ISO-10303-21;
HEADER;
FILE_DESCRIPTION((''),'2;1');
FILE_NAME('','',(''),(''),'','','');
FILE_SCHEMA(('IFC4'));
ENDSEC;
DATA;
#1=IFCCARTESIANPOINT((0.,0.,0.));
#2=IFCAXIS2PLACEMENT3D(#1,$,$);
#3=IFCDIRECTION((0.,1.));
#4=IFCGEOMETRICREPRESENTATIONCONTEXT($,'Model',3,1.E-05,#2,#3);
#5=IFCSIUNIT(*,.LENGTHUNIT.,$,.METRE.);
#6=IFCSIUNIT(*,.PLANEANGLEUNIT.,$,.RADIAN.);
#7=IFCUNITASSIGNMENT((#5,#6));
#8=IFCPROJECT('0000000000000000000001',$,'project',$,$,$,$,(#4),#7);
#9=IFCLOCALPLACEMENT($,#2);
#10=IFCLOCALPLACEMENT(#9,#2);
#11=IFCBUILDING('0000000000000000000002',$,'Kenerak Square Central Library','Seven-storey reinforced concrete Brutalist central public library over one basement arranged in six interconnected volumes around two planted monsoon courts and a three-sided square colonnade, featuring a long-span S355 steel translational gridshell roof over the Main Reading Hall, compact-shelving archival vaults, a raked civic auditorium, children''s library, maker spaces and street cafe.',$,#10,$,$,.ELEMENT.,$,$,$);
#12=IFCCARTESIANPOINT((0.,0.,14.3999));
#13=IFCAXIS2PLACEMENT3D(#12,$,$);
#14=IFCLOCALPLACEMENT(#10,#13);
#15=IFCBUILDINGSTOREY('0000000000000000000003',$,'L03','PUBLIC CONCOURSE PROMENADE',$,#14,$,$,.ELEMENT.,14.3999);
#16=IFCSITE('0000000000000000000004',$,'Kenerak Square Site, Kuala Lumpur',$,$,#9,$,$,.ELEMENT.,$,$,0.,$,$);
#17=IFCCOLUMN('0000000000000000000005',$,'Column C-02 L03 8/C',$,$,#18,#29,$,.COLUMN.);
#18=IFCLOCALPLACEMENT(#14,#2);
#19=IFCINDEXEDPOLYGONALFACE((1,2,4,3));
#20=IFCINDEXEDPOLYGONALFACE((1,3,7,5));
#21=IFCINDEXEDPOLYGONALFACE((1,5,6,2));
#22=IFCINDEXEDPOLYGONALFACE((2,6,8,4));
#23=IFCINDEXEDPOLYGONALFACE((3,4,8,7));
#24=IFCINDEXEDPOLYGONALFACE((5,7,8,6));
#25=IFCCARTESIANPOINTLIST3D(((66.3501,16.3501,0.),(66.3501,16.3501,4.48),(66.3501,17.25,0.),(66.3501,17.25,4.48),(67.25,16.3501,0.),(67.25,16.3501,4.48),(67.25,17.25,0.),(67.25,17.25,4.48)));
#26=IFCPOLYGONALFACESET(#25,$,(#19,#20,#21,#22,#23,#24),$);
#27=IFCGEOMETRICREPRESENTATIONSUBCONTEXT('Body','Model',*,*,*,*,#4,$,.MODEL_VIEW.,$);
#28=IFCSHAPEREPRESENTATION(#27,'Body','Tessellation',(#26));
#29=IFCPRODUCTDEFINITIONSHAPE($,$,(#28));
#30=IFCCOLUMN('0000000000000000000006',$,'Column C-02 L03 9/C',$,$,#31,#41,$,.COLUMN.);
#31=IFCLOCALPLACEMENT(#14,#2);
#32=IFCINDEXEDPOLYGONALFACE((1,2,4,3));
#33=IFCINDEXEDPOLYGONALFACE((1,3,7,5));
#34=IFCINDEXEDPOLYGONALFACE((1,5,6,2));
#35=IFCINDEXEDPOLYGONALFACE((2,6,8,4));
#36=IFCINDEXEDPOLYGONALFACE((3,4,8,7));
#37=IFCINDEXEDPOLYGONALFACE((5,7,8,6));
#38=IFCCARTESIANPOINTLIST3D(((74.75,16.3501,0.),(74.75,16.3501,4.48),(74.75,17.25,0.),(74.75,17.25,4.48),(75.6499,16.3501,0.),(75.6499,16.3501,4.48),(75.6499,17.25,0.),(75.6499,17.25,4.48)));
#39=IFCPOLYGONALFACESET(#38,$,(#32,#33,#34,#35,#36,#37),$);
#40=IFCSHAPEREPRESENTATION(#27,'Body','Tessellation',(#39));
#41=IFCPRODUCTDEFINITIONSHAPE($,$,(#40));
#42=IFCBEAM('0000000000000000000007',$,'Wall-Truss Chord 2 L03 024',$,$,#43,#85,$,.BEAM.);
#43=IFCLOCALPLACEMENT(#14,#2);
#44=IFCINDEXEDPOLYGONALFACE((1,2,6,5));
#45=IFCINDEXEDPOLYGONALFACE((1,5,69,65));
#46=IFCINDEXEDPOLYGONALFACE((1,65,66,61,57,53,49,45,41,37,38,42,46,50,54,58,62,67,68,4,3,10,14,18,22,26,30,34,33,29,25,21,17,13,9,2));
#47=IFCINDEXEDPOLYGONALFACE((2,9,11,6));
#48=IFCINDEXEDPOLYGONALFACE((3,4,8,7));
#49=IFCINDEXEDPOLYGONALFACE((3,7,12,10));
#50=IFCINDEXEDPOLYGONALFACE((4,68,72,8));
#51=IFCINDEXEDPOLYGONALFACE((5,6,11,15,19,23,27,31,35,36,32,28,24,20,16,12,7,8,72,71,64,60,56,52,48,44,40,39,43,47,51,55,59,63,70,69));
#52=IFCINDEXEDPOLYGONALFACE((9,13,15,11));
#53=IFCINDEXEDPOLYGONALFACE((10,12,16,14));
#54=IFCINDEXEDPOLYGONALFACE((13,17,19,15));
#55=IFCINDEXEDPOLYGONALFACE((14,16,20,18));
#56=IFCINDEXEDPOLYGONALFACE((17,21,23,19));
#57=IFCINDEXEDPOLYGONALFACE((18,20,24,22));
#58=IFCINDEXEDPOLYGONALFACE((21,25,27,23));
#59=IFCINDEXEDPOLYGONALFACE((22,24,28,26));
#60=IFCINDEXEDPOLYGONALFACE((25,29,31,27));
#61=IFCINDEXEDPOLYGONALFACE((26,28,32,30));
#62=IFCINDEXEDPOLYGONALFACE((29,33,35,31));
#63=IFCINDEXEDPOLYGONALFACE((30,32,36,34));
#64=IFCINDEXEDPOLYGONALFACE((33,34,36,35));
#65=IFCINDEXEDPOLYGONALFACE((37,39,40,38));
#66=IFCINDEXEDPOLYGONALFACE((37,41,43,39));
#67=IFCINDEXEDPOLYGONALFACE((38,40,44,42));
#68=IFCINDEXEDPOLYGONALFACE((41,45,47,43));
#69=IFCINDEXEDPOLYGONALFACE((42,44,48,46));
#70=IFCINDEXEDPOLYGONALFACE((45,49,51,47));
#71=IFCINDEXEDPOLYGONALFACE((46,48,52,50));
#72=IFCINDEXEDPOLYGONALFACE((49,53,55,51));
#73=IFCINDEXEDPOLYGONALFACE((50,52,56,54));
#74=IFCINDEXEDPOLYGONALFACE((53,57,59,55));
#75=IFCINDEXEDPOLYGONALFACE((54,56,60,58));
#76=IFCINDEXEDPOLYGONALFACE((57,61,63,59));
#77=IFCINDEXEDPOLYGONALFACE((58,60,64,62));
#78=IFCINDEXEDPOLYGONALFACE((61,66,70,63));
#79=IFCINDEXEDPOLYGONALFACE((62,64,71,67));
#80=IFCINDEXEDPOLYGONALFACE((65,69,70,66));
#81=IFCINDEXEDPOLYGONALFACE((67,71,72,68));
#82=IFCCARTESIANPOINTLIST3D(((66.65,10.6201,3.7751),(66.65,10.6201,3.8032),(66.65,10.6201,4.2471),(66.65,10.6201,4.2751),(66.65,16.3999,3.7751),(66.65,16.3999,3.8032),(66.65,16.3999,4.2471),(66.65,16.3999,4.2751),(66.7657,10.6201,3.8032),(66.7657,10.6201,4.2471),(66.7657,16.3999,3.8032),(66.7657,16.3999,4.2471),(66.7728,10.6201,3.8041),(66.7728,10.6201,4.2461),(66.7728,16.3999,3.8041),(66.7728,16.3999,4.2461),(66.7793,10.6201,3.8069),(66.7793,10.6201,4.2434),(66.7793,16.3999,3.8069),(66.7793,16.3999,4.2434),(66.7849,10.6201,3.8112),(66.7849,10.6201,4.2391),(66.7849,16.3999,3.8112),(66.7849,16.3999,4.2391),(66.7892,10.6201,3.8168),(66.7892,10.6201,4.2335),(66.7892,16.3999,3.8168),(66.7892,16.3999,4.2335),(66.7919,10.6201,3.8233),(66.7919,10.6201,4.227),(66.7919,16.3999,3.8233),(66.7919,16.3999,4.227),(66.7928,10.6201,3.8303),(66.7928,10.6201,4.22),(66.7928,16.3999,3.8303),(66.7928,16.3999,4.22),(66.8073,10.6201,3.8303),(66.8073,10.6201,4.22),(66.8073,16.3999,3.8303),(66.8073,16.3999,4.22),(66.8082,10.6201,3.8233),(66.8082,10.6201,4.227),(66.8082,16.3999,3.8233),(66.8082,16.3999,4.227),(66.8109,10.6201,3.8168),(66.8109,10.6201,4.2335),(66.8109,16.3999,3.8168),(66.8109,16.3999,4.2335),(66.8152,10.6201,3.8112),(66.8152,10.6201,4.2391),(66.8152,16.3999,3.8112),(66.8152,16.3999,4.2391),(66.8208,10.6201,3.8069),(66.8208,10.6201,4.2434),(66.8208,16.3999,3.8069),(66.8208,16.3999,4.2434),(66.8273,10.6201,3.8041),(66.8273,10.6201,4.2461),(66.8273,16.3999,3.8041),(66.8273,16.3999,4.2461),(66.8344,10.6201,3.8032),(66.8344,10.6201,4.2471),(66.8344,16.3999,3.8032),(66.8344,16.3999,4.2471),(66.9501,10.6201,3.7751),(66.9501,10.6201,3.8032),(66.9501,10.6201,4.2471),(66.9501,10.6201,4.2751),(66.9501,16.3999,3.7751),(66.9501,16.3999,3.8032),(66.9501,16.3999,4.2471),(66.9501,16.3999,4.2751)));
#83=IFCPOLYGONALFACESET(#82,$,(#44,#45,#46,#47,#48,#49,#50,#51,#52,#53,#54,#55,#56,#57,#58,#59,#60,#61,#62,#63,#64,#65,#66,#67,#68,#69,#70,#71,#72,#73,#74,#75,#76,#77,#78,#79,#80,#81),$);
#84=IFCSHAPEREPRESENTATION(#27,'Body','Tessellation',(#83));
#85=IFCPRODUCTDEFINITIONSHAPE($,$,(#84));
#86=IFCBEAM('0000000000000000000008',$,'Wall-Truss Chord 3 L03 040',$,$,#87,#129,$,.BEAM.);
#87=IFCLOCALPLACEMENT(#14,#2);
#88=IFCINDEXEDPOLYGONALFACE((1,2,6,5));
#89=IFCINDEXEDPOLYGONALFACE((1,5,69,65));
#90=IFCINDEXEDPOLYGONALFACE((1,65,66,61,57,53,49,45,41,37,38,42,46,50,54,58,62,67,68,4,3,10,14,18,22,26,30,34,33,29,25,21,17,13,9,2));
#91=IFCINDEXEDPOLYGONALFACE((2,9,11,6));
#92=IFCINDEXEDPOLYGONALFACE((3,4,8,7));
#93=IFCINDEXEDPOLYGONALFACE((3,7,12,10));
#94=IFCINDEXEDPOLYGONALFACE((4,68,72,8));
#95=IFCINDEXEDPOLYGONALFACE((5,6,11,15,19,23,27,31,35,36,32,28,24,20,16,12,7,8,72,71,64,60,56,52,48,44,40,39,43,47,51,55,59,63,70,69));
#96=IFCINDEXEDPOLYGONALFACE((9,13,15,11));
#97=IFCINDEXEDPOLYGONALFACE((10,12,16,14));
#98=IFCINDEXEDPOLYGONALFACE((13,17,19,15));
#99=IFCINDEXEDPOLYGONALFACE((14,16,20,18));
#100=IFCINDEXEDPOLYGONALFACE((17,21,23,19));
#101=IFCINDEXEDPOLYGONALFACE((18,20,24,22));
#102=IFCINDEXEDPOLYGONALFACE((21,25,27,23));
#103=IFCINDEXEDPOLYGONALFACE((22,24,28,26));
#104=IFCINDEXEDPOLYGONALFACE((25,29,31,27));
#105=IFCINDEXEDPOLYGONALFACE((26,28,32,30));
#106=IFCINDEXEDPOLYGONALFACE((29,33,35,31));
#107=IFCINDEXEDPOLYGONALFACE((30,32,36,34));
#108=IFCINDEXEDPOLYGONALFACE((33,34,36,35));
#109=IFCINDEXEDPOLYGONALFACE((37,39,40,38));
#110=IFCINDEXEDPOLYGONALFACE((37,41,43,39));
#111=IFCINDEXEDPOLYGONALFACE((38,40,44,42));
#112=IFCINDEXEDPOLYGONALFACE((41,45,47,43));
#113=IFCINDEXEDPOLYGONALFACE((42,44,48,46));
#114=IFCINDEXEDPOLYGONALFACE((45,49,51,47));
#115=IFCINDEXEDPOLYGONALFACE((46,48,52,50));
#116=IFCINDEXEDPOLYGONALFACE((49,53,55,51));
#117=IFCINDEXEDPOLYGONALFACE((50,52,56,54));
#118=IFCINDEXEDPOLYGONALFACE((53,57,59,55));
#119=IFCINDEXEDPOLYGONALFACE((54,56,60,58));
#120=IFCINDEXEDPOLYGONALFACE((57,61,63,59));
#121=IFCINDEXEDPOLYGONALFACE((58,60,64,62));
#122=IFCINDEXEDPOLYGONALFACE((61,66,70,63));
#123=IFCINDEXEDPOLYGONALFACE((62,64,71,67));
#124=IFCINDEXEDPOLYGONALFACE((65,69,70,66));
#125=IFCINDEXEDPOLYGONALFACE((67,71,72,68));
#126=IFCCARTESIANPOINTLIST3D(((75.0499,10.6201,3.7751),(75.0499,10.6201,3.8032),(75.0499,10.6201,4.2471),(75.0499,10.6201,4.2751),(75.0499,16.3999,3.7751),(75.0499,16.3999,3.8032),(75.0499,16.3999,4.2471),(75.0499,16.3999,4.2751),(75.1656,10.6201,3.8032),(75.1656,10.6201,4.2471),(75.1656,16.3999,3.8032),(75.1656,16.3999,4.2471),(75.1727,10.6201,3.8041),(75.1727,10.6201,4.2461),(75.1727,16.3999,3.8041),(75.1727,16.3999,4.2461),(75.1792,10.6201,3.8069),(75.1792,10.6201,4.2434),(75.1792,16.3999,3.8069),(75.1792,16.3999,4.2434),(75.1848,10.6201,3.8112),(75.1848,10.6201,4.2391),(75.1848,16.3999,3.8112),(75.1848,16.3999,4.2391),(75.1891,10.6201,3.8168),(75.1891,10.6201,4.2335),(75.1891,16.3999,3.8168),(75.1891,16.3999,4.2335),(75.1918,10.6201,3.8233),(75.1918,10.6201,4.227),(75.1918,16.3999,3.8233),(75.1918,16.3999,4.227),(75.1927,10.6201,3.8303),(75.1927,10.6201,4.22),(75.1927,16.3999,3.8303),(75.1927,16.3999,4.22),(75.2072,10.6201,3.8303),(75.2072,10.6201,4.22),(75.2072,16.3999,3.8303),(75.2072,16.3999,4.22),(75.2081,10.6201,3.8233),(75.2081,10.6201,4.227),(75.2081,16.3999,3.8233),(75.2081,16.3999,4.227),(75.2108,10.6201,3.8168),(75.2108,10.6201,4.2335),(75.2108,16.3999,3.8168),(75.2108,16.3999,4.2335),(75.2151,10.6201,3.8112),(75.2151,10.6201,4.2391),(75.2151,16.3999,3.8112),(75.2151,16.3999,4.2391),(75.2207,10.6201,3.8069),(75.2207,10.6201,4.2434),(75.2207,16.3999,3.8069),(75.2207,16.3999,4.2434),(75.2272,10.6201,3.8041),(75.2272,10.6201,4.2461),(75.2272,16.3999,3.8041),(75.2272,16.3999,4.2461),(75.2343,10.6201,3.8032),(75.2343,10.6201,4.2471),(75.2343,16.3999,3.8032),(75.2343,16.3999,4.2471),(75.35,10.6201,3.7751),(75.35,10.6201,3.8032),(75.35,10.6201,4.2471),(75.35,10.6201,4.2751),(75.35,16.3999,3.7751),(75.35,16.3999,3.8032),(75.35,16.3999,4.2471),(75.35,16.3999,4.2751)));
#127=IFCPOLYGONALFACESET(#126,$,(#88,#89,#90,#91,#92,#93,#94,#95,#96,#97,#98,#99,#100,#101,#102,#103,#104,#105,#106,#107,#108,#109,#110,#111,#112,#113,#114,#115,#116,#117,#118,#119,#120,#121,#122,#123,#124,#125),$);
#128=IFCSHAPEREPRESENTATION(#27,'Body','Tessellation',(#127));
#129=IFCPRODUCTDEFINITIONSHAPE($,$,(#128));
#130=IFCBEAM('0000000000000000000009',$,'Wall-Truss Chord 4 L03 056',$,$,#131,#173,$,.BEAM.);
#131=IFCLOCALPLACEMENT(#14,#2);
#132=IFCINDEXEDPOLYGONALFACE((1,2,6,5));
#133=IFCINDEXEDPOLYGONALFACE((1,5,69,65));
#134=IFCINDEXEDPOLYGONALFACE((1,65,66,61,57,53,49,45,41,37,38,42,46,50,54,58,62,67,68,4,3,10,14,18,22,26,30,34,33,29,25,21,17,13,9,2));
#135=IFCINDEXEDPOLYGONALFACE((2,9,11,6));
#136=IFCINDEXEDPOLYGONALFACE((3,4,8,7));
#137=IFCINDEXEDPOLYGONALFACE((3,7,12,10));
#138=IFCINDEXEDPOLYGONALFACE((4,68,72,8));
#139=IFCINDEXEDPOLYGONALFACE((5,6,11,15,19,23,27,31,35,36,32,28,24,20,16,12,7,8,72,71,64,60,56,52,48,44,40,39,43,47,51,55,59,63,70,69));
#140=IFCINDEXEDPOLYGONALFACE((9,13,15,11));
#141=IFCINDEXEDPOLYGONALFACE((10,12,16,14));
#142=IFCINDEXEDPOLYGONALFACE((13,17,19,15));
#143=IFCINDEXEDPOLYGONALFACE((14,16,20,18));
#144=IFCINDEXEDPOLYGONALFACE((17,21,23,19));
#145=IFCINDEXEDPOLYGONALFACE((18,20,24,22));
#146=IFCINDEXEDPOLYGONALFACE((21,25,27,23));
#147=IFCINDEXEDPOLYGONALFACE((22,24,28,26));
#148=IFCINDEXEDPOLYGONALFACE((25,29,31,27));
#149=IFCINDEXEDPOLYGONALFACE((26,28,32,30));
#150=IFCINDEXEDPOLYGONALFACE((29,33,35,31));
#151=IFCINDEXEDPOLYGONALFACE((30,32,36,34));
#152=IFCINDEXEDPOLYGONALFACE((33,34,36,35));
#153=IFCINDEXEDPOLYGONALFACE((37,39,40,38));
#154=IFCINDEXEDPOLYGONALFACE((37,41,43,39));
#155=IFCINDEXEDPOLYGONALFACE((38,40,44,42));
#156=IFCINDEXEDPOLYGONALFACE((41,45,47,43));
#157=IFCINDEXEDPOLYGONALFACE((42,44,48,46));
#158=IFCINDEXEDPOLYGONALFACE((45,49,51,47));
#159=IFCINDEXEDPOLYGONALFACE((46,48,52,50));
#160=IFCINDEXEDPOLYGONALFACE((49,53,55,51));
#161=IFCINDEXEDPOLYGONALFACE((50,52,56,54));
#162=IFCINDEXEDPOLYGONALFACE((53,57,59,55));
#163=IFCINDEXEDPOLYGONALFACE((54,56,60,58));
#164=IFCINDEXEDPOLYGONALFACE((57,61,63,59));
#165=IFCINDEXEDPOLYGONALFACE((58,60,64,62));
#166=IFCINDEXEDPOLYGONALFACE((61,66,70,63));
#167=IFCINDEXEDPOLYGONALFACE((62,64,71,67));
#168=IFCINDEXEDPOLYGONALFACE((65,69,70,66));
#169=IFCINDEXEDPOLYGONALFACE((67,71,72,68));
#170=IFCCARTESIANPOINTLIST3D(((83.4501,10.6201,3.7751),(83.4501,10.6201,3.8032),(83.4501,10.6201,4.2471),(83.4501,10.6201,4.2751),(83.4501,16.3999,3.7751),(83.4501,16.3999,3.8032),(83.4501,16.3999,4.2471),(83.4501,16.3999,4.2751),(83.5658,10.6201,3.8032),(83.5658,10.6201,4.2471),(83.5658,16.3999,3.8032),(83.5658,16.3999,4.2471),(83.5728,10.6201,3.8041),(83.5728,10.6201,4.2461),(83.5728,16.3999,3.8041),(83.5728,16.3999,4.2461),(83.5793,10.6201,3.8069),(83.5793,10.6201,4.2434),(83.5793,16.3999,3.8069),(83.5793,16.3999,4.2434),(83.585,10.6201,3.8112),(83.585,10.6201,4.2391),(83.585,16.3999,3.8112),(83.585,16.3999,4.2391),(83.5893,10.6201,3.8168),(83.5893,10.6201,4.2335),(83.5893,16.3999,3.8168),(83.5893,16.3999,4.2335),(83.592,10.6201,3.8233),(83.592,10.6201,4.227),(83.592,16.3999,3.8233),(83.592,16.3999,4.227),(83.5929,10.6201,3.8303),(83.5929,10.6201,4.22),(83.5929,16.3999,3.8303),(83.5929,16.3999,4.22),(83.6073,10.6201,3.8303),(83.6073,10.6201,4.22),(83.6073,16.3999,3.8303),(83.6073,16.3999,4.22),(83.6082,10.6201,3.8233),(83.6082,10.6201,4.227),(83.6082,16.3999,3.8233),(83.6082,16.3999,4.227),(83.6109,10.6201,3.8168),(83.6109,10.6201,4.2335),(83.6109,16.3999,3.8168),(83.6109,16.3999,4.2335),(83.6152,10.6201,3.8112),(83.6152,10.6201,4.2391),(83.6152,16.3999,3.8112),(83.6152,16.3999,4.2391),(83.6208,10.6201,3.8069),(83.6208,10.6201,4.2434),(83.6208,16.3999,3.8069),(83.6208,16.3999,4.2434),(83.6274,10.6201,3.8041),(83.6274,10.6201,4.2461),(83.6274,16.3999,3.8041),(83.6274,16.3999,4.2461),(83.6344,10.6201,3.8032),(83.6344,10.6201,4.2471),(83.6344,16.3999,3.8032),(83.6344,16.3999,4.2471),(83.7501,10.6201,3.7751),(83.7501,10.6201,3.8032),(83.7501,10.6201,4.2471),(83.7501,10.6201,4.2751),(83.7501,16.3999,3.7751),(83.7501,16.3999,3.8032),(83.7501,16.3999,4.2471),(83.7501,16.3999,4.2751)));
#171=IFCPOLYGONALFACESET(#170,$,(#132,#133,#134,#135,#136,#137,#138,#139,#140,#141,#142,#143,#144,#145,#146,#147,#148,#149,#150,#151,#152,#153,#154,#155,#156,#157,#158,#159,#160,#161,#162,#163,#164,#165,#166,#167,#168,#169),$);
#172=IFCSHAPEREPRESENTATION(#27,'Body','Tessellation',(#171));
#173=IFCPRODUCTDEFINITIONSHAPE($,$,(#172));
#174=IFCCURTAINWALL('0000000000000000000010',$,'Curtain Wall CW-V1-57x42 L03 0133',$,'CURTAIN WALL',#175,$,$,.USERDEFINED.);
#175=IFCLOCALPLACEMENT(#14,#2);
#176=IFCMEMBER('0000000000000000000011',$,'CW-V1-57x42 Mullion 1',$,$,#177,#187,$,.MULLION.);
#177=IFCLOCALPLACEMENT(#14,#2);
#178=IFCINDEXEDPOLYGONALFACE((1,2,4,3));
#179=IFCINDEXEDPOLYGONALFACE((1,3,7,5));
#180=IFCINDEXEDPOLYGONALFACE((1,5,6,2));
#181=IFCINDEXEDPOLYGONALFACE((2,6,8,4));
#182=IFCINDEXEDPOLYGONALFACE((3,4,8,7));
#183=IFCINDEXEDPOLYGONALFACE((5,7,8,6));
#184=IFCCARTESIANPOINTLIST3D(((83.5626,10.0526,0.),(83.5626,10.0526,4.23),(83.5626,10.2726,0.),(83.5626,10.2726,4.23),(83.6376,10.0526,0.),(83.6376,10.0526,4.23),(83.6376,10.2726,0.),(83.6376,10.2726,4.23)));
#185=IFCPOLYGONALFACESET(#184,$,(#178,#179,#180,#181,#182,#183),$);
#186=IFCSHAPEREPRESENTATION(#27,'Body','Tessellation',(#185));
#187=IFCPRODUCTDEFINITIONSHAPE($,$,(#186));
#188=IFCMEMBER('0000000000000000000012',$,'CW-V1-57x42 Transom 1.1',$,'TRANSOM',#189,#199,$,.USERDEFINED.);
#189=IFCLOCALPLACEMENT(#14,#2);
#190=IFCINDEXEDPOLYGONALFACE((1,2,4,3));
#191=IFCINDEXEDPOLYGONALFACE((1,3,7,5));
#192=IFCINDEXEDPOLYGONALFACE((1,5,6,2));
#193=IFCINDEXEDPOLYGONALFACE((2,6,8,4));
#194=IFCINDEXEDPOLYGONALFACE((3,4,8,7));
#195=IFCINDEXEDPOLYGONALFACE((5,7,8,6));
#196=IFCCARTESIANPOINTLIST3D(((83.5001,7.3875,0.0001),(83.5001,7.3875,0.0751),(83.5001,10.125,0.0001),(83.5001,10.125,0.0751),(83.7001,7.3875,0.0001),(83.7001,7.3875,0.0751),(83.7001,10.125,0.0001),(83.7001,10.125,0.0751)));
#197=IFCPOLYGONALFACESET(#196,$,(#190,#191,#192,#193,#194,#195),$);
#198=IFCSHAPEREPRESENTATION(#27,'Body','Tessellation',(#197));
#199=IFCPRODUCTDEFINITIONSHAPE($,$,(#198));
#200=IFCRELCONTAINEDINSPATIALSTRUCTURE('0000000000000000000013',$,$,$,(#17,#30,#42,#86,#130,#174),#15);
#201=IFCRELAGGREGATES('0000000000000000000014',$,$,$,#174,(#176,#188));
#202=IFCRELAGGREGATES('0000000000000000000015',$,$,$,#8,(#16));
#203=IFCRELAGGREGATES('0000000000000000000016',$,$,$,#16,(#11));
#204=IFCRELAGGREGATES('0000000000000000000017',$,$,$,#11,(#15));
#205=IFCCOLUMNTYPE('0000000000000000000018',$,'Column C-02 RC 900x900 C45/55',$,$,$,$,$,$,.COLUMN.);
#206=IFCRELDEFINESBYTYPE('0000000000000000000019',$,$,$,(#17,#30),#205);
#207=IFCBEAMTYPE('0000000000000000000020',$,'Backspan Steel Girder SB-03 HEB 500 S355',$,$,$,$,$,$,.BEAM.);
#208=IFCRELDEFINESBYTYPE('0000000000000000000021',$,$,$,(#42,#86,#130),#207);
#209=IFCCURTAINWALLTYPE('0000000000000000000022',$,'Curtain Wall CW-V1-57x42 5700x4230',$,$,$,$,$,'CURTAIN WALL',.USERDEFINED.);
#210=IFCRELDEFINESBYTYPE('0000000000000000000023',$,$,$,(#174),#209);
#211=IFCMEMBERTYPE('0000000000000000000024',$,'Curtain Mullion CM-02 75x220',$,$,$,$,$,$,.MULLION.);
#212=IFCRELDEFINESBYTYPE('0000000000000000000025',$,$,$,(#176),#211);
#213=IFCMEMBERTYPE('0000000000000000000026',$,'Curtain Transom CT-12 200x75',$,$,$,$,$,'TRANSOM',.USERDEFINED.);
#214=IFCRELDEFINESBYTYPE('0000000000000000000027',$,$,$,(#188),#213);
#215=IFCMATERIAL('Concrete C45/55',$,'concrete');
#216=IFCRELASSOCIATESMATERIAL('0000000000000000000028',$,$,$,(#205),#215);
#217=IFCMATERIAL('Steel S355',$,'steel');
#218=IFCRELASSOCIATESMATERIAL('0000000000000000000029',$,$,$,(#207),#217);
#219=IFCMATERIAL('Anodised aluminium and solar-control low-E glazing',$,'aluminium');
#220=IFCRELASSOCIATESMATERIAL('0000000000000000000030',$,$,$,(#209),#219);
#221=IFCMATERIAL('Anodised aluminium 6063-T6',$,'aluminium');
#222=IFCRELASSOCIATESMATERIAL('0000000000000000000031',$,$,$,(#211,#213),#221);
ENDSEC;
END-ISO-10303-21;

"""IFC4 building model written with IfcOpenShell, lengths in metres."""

from ifc_helpers import new_model, si_unit, direction, frame, origin, origin_2d, place, context, subcontext, project, spatial, rectangle, i_section, extrude, material, material_profile, profile_set, type_object, element, aggregate, save


model = new_model("IFC4")

# Units and contexts
model_context = context("Model", 3, precision=1e-05, world=origin(), true_north=direction((0.0, 1.0)))
body_context = subcontext(model_context, "Body", "Model", "MODEL_VIEW")
ifc_project = project(units=[si_unit("LENGTHUNIT", "METRE"), si_unit("PLANEANGLEUNIT", "RADIAN")], contexts=[model_context])

# Site, building, storey
site_placement = place(None, origin())
site = spatial("IfcSite", under=ifc_project, at=site_placement, Name="Kenerak Square Site, Kuala Lumpur", CompositionType="ELEMENT", RefElevation=0.0)
building_placement = place(site_placement, origin())
building = spatial("IfcBuilding", under=site, at=building_placement, Name="Kenerak Square Central Library", Description="Seven-storey reinforced concrete Brutalist central public library over one basement arranged in six interconnected volumes around two planted monsoon courts and a three-sided square colonnade, featuring a long-span S355 steel translational gridshell roof over the Main Reading Hall, compact-shelving archival vaults, a raked civic auditorium, children's library, maker spaces and street cafe.", CompositionType="ELEMENT")
storey_placement = place(building_placement, frame((0.0, 0.0, 14.3999)))
storey = spatial("IfcBuildingStorey", under=building, at=storey_placement, Name="L03", Description="PUBLIC CONCOURSE PROMENADE", CompositionType="ELEMENT", Elevation=14.3999)

# Columns
ifc_material_1 = material(Name="Concrete C45/55", Category="concrete")
ifc_material_profile_1 = material_profile(ifc_material_1, rectangle(XDim=0.8999, YDim=0.8999, at=origin_2d()), Name="RC 900x900")
ifc_profile_set_1 = profile_set([ifc_material_profile_1], Name="Concrete C45/55")
column_type = type_object("IfcColumnType", Name="Column C-02 RC 900x900 C45/55", PredefinedType="COLUMN", material=ifc_profile_set_1)
for number, where, z_axis, x_axis, name in (
    (1, (66.8, 16.8, 0.0), (0.0, 0.0, 1.0), (1.0, 0.0, 0.0), "Column C-02 L03 8/C"),
    (2, (75.2, 16.8, 0.0), (0.0, 0.0, 1.0), (1.0, 0.0, 0.0), "Column C-02 L03 9/C"),
):
    element("IfcColumn", number, at=place(storey_placement, frame(where, z_axis=z_axis, x_axis=x_axis)), inside=storey, type_object=column_type, Name=name, PredefinedType="COLUMN", context=body_context, shape_type="SweptSolid", body=[
        extrude(rectangle(XDim=0.8999, YDim=0.8999, at=origin_2d()), origin(), (0.0, 0.0, 1.0), 4.48),
    ])

# Beams
ifc_material_2 = material(Name="Steel S355", Category="steel")
ifc_material_profile_2 = material_profile(ifc_material_2, i_section(OverallWidth=0.3, OverallDepth=0.5, WebThickness=0.0144, FlangeThickness=0.0281, FilletRadius=0.0271, at=origin_2d()), Name="HEB 500")
ifc_profile_set_2 = profile_set([ifc_material_profile_2], Name="Steel S355")
beam_type_1 = type_object("IfcBeamType", Name="Backspan Steel Girder SB-03 HEB 500 S355", PredefinedType="BEAM", material=ifc_profile_set_2)
for number, where, z_axis, x_axis, name in (
    (3, (66.8, 10.6201, 4.0251), (0.0, 1.0, 0.0), (-1.0, 0.0, 0.0), "Wall-Truss Chord 2 L03 024"),
    (4, (75.2, 10.6201, 4.0251), (0.0, 1.0, 0.0), (-1.0, 0.0, 0.0), "Wall-Truss Chord 3 L03 040"),
    (5, (83.6001, 10.6201, 4.0251), (0.0, 1.0, 0.0), (-1.0, 0.0, 0.0), "Wall-Truss Chord 4 L03 056"),
):
    element("IfcBeam", number, at=place(storey_placement, frame(where, z_axis=z_axis, x_axis=x_axis)), inside=storey, type_object=beam_type_1, Name=name, PredefinedType="BEAM", context=body_context, shape_type="SweptSolid", body=[
        extrude(i_section(OverallWidth=0.3, OverallDepth=0.5, WebThickness=0.0144, FlangeThickness=0.0281, FilletRadius=0.0271, at=origin_2d()), origin(), (0.0, 0.0, 1.0), 5.7798),
    ])

# Curtain wall, members
ifc_material_3 = material(Name="Anodised aluminium and solar-control low-E glazing", Category="aluminium")
curtain_wall_type = type_object("IfcCurtainWallType", Name="Curtain Wall CW-V1-57x42 5700x4230", ElementType="CURTAIN WALL", PredefinedType="USERDEFINED", material=ifc_material_3)
curtain_wall_placement = place(storey_placement, origin())
curtain_wall = element("IfcCurtainWall", 6, at=curtain_wall_placement, inside=storey, type_object=curtain_wall_type, Name="Curtain Wall CW-V1-57x42 L03 0133", ObjectType="CURTAIN WALL", PredefinedType="USERDEFINED")
ifc_material_4 = material(Name="Anodised aluminium 6063-T6", Category="aluminium")
ifc_material_profile_3 = material_profile(ifc_material_4, rectangle(XDim=0.075, YDim=0.22, at=origin_2d()), Name="AL MULLION 75x220")
ifc_profile_set_3 = profile_set([ifc_material_profile_3], Name="Anodised aluminium 6063-T6")
member_type_1 = type_object("IfcMemberType", Name="Curtain Mullion CM-02 75x220", PredefinedType="MULLION", material=ifc_profile_set_3)
member_1_placement = place(storey_placement, frame((83.6001, 10.1626, 0.0), z_axis=(0.0, 0.0, 1.0), x_axis=(1.0, 0.0, 0.0)))
member_1 = element("IfcMember", 7, at=member_1_placement, type_object=member_type_1, Name="CW-V1-57x42 Mullion 1", PredefinedType="MULLION", context=body_context, shape_type="SweptSolid", body=[
    extrude(rectangle(XDim=0.075, YDim=0.22, at=origin_2d()), origin(), (0.0, 0.0, 1.0), 4.23),
])
ifc_material_profile_4 = material_profile(ifc_material_4, rectangle(XDim=0.2, YDim=0.075, at=origin_2d()), Name="AL TRANSOM 200x75")
ifc_profile_set_4 = profile_set([ifc_material_profile_4], Name="Anodised aluminium 6063-T6")
member_type_2 = type_object("IfcMemberType", Name="Curtain Transom CT-12 200x75", ElementType="TRANSOM", PredefinedType="USERDEFINED", material=ifc_profile_set_4)
member_2_placement = place(storey_placement, frame((83.6001, 10.125, 0.0376), z_axis=(0.0, -1.0, 0.0), x_axis=(1.0, 0.0, 0.0)))
member_2 = element("IfcMember", 8, at=member_2_placement, type_object=member_type_2, Name="CW-V1-57x42 Transom 1.1", ObjectType="TRANSOM", PredefinedType="USERDEFINED", context=body_context, shape_type="SweptSolid", body=[
    extrude(rectangle(XDim=0.2, YDim=0.075, at=origin_2d()), origin(), (0.0, 0.0, 1.0), 2.7375),
])

aggregate(curtain_wall, [member_1, member_2])

save(model, "model.ifc")
